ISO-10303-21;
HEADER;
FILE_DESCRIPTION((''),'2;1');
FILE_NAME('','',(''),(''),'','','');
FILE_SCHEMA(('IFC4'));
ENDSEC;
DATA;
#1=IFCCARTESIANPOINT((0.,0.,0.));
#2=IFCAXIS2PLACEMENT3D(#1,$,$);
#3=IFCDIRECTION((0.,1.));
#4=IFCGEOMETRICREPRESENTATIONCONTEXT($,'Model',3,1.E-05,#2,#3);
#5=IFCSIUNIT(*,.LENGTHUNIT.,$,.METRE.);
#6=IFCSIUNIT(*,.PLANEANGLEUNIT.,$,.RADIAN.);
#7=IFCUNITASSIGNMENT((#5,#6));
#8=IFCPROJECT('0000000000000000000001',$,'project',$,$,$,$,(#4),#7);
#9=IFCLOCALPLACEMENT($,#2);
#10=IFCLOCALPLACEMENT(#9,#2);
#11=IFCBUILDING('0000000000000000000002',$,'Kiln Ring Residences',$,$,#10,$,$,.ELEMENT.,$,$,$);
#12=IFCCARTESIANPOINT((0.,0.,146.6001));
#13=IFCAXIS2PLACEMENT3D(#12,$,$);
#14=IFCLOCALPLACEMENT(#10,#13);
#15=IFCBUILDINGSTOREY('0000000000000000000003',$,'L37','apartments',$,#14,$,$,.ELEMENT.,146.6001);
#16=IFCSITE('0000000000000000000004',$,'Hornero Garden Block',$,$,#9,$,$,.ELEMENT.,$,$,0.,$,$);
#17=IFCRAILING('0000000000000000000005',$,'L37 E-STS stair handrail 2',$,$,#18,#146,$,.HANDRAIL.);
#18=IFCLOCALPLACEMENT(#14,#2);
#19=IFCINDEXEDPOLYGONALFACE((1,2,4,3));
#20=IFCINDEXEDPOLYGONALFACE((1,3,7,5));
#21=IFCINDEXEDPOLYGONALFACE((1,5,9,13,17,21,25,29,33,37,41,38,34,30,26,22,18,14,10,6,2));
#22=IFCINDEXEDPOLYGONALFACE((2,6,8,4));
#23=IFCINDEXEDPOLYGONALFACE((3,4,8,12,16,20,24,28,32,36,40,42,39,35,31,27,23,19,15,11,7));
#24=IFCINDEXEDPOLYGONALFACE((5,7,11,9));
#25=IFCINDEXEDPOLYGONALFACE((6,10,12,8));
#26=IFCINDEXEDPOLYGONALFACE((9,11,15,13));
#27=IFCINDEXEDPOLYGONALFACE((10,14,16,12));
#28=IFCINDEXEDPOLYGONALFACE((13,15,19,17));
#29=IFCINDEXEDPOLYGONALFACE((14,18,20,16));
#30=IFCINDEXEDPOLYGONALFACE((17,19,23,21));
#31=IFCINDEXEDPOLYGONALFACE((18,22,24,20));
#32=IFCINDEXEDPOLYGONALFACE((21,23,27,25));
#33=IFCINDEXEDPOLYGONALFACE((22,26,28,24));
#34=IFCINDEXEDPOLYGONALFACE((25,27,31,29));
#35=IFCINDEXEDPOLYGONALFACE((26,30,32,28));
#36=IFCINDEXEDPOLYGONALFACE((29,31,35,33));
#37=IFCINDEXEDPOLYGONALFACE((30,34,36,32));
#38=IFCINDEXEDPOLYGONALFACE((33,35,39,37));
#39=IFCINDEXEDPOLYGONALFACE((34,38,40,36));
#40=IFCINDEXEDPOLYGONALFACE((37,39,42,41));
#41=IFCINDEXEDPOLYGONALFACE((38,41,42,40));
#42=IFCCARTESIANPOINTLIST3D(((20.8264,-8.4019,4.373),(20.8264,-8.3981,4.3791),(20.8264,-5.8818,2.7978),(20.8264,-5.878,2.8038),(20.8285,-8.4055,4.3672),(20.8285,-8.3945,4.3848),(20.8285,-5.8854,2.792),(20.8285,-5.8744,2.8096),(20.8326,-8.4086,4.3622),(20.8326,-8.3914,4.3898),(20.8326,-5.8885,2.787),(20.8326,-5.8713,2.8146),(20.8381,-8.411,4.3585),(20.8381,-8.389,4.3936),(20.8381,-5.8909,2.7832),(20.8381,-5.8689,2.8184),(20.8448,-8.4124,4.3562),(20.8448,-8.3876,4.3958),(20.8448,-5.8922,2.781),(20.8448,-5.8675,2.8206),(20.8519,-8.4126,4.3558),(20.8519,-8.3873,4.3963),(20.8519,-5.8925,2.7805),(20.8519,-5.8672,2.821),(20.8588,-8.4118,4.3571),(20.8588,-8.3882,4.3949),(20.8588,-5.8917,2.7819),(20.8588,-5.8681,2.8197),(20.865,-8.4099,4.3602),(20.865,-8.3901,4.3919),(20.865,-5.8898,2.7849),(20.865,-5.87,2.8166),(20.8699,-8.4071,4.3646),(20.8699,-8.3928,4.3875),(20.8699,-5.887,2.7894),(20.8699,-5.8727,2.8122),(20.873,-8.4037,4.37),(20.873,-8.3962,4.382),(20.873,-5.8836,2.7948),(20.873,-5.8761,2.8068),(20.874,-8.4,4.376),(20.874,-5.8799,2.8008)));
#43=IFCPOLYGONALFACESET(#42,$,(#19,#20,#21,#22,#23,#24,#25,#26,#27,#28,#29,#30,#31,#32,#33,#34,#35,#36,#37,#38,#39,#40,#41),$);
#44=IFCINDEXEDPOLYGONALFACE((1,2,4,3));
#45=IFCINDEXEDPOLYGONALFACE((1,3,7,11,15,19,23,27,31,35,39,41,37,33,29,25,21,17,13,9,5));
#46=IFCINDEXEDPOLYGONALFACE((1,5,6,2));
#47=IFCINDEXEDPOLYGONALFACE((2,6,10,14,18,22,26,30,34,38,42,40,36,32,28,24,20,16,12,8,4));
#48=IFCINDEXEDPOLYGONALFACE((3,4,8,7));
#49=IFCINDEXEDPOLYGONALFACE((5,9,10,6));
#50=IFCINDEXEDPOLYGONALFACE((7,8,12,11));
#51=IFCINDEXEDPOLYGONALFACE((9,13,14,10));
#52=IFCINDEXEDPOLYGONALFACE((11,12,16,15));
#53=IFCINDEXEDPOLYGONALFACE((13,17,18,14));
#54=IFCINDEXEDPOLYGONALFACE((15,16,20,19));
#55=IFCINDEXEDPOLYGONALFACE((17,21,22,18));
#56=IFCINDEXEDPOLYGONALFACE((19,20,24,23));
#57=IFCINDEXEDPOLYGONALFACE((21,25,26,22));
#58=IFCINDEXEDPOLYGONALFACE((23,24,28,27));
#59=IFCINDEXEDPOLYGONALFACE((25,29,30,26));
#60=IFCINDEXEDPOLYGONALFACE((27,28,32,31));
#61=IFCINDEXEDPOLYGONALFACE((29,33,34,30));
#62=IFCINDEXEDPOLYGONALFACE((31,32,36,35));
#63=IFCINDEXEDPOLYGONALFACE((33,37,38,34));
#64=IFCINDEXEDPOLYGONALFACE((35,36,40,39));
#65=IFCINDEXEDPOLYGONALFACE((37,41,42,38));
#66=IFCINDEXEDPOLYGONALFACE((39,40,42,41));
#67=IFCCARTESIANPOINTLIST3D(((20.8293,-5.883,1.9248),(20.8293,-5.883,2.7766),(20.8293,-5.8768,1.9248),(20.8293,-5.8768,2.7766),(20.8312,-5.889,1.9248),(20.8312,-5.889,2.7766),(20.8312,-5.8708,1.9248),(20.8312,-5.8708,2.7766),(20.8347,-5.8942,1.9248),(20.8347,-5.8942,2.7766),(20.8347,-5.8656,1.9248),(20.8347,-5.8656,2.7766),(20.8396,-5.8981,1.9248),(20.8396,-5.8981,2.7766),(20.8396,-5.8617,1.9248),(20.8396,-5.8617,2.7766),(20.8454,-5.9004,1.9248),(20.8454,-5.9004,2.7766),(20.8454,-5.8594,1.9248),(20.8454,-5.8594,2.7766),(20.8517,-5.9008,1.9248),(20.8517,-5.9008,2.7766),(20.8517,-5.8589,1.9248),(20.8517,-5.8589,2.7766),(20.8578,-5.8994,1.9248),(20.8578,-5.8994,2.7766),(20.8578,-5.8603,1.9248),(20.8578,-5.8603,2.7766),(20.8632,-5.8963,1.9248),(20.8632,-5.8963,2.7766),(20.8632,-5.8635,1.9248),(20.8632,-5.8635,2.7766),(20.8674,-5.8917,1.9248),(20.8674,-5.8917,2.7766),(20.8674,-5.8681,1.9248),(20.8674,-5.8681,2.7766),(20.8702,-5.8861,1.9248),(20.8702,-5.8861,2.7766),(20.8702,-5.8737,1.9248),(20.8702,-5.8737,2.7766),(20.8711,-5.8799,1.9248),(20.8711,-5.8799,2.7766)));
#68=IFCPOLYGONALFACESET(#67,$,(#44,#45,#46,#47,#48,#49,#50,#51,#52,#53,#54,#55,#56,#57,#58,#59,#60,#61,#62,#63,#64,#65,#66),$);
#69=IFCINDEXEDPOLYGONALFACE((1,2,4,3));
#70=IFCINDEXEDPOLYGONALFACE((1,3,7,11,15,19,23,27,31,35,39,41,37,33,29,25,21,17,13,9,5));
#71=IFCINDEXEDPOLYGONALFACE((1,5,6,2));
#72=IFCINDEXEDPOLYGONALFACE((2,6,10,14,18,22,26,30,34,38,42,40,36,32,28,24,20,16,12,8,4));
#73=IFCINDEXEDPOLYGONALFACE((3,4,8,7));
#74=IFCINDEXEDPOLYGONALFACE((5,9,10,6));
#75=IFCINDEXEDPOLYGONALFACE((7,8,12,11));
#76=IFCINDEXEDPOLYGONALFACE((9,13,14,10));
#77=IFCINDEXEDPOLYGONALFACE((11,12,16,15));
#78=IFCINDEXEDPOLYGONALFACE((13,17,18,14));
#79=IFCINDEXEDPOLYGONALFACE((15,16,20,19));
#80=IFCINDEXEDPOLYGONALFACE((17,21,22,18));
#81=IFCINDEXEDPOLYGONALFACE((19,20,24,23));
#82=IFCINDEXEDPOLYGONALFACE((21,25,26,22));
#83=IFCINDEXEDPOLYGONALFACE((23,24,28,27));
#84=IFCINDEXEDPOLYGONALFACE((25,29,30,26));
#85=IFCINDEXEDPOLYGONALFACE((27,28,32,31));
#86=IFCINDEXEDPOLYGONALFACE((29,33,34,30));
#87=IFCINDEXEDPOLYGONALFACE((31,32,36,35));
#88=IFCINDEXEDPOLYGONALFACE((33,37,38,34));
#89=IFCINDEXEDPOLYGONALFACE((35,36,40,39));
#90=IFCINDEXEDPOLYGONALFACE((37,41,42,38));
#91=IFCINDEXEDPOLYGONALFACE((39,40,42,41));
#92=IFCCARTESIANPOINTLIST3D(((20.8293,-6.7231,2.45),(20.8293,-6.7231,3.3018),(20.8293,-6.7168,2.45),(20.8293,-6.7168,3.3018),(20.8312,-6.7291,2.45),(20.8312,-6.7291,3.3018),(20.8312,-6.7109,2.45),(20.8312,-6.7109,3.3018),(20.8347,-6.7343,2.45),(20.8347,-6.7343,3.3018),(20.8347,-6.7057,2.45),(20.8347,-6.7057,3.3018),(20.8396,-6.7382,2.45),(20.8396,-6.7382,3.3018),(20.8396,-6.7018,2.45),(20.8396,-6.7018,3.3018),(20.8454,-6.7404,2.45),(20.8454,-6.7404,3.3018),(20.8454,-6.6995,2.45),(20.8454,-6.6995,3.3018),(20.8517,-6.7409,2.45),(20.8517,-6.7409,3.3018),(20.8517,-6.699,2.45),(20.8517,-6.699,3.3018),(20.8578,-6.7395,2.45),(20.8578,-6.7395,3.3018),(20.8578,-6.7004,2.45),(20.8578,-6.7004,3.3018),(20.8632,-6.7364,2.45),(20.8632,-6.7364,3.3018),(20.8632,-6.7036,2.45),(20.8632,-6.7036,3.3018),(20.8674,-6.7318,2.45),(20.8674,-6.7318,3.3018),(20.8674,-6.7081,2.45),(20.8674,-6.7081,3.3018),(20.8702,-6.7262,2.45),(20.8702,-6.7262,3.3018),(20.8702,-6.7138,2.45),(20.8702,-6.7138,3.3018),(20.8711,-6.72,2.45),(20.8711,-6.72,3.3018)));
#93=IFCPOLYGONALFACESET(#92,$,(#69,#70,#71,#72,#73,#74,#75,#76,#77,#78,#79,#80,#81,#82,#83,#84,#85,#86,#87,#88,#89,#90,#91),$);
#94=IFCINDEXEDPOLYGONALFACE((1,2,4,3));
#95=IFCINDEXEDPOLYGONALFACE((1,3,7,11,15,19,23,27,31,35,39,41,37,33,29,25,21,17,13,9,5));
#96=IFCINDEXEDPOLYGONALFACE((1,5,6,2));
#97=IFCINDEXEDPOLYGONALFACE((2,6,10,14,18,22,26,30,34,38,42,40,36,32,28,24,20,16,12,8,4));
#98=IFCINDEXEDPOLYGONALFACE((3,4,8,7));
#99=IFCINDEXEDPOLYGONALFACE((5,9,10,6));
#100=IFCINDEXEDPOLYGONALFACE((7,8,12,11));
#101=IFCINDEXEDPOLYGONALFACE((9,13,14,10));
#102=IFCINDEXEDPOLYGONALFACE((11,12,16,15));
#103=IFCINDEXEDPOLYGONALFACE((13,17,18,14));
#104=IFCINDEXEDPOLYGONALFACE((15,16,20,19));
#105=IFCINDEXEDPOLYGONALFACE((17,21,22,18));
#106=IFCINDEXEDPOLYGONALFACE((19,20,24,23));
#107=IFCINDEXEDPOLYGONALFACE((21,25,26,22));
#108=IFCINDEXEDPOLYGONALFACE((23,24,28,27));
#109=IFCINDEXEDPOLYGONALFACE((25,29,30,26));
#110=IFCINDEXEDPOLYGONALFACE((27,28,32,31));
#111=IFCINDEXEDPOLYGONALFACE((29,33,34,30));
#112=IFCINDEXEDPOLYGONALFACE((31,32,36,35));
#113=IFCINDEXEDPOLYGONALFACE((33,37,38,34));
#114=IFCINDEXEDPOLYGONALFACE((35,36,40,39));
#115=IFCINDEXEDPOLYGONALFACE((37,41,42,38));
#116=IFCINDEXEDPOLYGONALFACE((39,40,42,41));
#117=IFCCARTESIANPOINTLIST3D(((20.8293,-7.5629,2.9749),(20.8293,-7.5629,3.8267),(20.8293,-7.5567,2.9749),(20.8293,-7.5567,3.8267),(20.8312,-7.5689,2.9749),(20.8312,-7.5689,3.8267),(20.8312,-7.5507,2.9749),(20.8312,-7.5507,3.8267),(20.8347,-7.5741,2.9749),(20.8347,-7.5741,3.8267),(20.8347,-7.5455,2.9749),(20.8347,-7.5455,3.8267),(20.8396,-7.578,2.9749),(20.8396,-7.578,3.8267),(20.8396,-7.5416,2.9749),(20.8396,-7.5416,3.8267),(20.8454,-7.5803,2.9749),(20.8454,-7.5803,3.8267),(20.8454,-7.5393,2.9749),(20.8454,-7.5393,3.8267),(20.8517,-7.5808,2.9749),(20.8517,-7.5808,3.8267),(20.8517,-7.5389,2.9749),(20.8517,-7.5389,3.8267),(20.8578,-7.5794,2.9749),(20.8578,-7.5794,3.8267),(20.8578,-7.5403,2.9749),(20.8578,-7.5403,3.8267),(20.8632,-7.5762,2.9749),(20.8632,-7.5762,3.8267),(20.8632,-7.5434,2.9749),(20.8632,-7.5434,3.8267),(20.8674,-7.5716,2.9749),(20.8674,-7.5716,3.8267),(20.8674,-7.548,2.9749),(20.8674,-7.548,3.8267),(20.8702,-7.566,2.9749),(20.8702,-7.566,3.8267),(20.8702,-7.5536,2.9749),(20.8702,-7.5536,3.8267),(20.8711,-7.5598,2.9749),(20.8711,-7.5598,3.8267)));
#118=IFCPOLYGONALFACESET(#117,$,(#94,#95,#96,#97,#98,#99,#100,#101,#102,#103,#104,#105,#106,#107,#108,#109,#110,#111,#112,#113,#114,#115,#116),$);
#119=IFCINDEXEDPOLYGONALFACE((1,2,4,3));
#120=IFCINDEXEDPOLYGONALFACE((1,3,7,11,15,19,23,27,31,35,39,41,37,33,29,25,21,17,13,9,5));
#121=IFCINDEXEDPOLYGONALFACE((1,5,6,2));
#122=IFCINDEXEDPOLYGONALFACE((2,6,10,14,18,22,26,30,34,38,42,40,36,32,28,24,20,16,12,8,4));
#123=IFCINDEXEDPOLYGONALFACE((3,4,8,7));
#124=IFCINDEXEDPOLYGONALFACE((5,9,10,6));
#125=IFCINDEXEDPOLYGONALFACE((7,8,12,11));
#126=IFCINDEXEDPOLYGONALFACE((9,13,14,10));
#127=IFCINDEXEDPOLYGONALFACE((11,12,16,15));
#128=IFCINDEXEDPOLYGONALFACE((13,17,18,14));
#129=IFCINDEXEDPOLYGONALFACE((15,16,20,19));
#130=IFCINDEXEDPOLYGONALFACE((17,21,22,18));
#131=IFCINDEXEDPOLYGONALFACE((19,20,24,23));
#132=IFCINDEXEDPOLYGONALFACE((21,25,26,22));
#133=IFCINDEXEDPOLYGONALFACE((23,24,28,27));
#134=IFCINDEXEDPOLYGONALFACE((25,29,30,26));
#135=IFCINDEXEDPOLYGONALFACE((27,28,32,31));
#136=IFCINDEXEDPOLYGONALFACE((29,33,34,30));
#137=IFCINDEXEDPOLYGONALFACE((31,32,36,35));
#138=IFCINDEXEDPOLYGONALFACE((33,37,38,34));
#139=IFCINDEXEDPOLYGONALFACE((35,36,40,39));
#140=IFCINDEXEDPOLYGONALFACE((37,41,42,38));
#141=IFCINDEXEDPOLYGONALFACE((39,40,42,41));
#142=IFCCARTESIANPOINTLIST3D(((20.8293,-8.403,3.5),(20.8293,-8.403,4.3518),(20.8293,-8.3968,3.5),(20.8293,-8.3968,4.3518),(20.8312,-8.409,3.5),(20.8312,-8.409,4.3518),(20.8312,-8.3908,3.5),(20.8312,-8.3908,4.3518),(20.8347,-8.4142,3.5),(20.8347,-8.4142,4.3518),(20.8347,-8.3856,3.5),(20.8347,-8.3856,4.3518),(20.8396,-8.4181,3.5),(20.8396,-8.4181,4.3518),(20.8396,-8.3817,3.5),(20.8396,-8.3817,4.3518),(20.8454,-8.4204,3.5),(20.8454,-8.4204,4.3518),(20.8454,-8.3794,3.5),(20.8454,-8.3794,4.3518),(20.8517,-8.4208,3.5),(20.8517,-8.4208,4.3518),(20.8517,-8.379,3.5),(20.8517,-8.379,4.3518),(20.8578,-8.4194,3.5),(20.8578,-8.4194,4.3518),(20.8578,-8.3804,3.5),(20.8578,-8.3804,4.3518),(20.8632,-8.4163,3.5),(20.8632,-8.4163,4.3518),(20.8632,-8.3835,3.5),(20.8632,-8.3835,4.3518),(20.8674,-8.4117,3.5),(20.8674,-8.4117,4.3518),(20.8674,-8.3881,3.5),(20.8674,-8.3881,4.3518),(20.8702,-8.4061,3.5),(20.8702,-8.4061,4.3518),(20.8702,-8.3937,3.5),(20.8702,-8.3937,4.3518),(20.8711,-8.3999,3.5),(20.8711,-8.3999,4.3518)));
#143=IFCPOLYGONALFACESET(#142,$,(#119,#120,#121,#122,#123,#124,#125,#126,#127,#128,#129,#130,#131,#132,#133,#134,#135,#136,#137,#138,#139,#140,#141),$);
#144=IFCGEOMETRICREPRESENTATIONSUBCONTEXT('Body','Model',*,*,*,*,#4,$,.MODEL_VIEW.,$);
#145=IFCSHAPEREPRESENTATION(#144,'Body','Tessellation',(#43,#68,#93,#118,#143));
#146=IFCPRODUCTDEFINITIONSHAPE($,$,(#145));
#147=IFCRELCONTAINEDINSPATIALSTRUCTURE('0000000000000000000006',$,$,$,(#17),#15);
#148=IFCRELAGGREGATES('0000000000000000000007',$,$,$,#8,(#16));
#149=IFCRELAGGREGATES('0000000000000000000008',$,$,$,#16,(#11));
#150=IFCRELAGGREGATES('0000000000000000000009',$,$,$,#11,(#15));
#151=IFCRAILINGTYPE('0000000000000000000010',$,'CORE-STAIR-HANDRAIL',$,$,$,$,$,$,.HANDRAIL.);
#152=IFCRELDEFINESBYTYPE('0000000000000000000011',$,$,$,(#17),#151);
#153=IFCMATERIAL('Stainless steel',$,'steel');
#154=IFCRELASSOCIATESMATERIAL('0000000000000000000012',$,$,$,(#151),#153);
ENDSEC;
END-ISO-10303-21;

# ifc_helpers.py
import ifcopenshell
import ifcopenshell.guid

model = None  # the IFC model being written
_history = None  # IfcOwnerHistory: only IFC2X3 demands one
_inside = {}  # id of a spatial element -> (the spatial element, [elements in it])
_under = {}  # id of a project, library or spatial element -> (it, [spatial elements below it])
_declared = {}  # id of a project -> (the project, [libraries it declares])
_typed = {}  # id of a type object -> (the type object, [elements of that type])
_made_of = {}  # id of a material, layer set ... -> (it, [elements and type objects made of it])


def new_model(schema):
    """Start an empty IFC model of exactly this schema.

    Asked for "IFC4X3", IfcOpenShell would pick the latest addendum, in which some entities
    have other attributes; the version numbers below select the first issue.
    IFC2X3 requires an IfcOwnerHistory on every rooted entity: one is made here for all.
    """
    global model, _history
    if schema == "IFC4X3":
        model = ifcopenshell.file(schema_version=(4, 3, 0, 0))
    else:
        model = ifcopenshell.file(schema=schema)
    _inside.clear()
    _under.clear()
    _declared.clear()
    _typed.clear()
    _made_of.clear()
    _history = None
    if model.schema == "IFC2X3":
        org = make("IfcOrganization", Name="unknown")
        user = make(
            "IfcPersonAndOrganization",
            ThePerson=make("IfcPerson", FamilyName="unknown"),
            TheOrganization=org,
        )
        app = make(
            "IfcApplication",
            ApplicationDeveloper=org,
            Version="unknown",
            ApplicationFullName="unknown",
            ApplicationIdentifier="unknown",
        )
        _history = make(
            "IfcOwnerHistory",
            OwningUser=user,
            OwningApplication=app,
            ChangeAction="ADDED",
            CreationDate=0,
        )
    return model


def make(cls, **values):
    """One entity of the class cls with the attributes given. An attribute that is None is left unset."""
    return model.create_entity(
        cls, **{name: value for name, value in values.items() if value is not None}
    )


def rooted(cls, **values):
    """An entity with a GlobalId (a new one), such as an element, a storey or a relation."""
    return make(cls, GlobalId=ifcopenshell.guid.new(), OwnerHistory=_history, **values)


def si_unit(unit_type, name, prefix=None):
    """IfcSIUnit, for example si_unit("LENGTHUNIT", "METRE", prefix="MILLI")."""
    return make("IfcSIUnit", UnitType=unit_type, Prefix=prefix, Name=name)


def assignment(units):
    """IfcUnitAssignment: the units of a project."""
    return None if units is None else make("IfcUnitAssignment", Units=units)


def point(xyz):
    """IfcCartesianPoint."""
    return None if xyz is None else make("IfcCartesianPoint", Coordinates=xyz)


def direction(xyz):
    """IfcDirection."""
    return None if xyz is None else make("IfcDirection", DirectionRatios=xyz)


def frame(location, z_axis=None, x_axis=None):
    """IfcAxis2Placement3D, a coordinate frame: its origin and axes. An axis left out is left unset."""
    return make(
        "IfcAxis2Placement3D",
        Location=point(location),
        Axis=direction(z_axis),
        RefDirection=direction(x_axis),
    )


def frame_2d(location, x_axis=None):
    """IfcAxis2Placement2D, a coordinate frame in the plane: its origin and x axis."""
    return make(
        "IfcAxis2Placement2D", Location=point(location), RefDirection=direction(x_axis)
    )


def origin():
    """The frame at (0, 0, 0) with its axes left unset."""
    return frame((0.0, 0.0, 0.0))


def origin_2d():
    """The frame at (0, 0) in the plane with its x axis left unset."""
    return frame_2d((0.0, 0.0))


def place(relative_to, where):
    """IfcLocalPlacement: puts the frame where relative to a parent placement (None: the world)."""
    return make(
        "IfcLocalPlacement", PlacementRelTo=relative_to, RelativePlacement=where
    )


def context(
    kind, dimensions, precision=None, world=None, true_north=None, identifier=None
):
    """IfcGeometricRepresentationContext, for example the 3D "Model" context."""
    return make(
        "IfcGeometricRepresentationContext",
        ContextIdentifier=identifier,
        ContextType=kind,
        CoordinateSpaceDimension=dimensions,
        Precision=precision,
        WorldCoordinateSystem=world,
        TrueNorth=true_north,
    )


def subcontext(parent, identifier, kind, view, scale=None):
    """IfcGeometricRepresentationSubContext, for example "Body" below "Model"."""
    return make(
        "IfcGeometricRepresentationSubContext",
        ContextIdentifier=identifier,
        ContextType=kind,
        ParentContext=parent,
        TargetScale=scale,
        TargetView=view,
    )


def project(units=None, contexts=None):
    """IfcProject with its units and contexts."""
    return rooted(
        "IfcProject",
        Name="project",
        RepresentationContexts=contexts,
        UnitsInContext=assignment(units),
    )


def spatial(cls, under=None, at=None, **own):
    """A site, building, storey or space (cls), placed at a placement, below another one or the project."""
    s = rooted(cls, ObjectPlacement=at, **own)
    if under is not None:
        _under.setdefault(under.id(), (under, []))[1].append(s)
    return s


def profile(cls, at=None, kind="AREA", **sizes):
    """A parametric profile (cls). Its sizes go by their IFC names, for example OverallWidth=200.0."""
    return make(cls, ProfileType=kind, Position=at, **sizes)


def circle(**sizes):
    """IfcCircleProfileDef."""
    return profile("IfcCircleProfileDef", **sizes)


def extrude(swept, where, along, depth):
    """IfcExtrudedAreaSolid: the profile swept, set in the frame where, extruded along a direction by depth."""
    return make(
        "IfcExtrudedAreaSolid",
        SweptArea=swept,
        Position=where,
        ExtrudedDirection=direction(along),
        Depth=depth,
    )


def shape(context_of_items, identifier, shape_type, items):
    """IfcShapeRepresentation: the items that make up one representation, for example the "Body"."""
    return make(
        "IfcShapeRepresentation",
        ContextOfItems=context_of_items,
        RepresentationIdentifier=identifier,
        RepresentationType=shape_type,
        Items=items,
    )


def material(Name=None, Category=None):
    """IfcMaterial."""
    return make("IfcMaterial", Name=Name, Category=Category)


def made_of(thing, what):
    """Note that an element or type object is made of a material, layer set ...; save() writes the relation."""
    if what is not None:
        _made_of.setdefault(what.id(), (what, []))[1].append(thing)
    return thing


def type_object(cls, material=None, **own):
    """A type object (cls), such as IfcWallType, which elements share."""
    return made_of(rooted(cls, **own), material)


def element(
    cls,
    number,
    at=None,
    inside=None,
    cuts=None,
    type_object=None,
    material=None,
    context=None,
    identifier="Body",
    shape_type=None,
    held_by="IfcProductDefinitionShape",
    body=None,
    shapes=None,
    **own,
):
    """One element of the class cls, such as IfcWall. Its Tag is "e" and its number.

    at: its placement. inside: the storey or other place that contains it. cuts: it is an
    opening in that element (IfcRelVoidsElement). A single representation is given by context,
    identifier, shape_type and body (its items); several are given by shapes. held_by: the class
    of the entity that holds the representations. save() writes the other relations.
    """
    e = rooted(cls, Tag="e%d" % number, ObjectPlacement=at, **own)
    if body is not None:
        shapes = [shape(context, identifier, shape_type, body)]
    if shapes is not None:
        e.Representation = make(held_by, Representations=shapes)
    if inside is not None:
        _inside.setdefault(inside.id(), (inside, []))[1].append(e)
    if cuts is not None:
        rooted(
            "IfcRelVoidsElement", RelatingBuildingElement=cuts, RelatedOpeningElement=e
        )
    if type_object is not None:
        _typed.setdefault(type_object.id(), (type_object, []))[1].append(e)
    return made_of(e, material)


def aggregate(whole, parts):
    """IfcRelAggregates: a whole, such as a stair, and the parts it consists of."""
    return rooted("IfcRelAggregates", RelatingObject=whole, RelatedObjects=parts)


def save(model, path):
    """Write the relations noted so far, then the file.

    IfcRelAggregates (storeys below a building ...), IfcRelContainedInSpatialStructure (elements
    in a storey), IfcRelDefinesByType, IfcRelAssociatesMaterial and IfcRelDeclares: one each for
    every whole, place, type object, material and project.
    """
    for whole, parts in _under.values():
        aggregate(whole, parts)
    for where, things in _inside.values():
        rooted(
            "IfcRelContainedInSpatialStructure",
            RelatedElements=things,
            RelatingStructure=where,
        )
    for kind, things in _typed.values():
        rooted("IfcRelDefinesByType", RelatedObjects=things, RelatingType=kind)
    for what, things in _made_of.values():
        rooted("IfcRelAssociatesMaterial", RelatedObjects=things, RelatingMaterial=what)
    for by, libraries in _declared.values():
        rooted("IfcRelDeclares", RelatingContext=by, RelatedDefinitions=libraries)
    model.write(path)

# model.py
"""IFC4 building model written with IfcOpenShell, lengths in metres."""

from ifc_helpers import new_model, si_unit, direction, frame, origin, origin_2d, place, context, subcontext, project, spatial, circle, extrude, material, type_object, element, save


model = new_model("IFC4")

# Units and contexts
model_context = context("Model", 3, precision=1e-05, world=origin(), true_north=direction((0.0, 1.0)))
body_context = subcontext(model_context, "Body", "Model", "MODEL_VIEW")
ifc_project = project(units=[si_unit("LENGTHUNIT", "METRE"), si_unit("PLANEANGLEUNIT", "RADIAN")], contexts=[model_context])

# Site, building, storey
site_placement = place(None, origin())
site = spatial("IfcSite", under=ifc_project, at=site_placement, Name="Hornero Garden Block", CompositionType="ELEMENT", RefElevation=0.0)
building_placement = place(site_placement, origin())
building = spatial("IfcBuilding", under=site, at=building_placement, Name="Kiln Ring Residences", CompositionType="ELEMENT")
storey_placement = place(building_placement, frame((0.0, 0.0, 146.6001)))
storey = spatial("IfcBuildingStorey", under=building, at=storey_placement, Name="L37", Description="apartments", CompositionType="ELEMENT", Elevation=146.6001)

# Railing
ifc_material_1 = material(Name="Stainless steel", Category="steel")
railing_type_1 = type_object("IfcRailingType", Name="CORE-STAIR-HANDRAIL", PredefinedType="HANDRAIL", material=ifc_material_1)
railing_1_placement = place(storey_placement, frame((20.8501, -5.8799, 1.9248)))
element("IfcRailing", 1, at=railing_1_placement, inside=storey, type_object=railing_type_1, Name="L37 E-STS stair handrail 2", PredefinedType="HANDRAIL", context=body_context, shape_type="SweptSolid", body=[
    extrude(circle(Radius=0.0239, at=origin_2d()), frame((0.0, 0.0, 0.876), z_axis=(0.0, -0.847971, 0.530043), x_axis=(1.0, 0.0, 0.0)), (0.0, 0.0, 1.0), 2.9719),
    extrude(circle(Radius=0.021, at=origin_2d()), origin(), (0.0, 0.0, 1.0), 0.8518),
    extrude(circle(Radius=0.021, at=origin_2d()), frame((0.0, -0.8401, 0.5251)), (0.0, 0.0, 1.0), 0.8518),
    extrude(circle(Radius=0.021, at=origin_2d()), frame((0.0, -1.6799, 1.05)), (0.0, 0.0, 1.0), 0.8518),
    extrude(circle(Radius=0.021, at=origin_2d()), frame((0.0, -2.52, 1.5752)), (0.0, 0.0, 1.0), 0.8518),
])

save(model, "model.ifc")
